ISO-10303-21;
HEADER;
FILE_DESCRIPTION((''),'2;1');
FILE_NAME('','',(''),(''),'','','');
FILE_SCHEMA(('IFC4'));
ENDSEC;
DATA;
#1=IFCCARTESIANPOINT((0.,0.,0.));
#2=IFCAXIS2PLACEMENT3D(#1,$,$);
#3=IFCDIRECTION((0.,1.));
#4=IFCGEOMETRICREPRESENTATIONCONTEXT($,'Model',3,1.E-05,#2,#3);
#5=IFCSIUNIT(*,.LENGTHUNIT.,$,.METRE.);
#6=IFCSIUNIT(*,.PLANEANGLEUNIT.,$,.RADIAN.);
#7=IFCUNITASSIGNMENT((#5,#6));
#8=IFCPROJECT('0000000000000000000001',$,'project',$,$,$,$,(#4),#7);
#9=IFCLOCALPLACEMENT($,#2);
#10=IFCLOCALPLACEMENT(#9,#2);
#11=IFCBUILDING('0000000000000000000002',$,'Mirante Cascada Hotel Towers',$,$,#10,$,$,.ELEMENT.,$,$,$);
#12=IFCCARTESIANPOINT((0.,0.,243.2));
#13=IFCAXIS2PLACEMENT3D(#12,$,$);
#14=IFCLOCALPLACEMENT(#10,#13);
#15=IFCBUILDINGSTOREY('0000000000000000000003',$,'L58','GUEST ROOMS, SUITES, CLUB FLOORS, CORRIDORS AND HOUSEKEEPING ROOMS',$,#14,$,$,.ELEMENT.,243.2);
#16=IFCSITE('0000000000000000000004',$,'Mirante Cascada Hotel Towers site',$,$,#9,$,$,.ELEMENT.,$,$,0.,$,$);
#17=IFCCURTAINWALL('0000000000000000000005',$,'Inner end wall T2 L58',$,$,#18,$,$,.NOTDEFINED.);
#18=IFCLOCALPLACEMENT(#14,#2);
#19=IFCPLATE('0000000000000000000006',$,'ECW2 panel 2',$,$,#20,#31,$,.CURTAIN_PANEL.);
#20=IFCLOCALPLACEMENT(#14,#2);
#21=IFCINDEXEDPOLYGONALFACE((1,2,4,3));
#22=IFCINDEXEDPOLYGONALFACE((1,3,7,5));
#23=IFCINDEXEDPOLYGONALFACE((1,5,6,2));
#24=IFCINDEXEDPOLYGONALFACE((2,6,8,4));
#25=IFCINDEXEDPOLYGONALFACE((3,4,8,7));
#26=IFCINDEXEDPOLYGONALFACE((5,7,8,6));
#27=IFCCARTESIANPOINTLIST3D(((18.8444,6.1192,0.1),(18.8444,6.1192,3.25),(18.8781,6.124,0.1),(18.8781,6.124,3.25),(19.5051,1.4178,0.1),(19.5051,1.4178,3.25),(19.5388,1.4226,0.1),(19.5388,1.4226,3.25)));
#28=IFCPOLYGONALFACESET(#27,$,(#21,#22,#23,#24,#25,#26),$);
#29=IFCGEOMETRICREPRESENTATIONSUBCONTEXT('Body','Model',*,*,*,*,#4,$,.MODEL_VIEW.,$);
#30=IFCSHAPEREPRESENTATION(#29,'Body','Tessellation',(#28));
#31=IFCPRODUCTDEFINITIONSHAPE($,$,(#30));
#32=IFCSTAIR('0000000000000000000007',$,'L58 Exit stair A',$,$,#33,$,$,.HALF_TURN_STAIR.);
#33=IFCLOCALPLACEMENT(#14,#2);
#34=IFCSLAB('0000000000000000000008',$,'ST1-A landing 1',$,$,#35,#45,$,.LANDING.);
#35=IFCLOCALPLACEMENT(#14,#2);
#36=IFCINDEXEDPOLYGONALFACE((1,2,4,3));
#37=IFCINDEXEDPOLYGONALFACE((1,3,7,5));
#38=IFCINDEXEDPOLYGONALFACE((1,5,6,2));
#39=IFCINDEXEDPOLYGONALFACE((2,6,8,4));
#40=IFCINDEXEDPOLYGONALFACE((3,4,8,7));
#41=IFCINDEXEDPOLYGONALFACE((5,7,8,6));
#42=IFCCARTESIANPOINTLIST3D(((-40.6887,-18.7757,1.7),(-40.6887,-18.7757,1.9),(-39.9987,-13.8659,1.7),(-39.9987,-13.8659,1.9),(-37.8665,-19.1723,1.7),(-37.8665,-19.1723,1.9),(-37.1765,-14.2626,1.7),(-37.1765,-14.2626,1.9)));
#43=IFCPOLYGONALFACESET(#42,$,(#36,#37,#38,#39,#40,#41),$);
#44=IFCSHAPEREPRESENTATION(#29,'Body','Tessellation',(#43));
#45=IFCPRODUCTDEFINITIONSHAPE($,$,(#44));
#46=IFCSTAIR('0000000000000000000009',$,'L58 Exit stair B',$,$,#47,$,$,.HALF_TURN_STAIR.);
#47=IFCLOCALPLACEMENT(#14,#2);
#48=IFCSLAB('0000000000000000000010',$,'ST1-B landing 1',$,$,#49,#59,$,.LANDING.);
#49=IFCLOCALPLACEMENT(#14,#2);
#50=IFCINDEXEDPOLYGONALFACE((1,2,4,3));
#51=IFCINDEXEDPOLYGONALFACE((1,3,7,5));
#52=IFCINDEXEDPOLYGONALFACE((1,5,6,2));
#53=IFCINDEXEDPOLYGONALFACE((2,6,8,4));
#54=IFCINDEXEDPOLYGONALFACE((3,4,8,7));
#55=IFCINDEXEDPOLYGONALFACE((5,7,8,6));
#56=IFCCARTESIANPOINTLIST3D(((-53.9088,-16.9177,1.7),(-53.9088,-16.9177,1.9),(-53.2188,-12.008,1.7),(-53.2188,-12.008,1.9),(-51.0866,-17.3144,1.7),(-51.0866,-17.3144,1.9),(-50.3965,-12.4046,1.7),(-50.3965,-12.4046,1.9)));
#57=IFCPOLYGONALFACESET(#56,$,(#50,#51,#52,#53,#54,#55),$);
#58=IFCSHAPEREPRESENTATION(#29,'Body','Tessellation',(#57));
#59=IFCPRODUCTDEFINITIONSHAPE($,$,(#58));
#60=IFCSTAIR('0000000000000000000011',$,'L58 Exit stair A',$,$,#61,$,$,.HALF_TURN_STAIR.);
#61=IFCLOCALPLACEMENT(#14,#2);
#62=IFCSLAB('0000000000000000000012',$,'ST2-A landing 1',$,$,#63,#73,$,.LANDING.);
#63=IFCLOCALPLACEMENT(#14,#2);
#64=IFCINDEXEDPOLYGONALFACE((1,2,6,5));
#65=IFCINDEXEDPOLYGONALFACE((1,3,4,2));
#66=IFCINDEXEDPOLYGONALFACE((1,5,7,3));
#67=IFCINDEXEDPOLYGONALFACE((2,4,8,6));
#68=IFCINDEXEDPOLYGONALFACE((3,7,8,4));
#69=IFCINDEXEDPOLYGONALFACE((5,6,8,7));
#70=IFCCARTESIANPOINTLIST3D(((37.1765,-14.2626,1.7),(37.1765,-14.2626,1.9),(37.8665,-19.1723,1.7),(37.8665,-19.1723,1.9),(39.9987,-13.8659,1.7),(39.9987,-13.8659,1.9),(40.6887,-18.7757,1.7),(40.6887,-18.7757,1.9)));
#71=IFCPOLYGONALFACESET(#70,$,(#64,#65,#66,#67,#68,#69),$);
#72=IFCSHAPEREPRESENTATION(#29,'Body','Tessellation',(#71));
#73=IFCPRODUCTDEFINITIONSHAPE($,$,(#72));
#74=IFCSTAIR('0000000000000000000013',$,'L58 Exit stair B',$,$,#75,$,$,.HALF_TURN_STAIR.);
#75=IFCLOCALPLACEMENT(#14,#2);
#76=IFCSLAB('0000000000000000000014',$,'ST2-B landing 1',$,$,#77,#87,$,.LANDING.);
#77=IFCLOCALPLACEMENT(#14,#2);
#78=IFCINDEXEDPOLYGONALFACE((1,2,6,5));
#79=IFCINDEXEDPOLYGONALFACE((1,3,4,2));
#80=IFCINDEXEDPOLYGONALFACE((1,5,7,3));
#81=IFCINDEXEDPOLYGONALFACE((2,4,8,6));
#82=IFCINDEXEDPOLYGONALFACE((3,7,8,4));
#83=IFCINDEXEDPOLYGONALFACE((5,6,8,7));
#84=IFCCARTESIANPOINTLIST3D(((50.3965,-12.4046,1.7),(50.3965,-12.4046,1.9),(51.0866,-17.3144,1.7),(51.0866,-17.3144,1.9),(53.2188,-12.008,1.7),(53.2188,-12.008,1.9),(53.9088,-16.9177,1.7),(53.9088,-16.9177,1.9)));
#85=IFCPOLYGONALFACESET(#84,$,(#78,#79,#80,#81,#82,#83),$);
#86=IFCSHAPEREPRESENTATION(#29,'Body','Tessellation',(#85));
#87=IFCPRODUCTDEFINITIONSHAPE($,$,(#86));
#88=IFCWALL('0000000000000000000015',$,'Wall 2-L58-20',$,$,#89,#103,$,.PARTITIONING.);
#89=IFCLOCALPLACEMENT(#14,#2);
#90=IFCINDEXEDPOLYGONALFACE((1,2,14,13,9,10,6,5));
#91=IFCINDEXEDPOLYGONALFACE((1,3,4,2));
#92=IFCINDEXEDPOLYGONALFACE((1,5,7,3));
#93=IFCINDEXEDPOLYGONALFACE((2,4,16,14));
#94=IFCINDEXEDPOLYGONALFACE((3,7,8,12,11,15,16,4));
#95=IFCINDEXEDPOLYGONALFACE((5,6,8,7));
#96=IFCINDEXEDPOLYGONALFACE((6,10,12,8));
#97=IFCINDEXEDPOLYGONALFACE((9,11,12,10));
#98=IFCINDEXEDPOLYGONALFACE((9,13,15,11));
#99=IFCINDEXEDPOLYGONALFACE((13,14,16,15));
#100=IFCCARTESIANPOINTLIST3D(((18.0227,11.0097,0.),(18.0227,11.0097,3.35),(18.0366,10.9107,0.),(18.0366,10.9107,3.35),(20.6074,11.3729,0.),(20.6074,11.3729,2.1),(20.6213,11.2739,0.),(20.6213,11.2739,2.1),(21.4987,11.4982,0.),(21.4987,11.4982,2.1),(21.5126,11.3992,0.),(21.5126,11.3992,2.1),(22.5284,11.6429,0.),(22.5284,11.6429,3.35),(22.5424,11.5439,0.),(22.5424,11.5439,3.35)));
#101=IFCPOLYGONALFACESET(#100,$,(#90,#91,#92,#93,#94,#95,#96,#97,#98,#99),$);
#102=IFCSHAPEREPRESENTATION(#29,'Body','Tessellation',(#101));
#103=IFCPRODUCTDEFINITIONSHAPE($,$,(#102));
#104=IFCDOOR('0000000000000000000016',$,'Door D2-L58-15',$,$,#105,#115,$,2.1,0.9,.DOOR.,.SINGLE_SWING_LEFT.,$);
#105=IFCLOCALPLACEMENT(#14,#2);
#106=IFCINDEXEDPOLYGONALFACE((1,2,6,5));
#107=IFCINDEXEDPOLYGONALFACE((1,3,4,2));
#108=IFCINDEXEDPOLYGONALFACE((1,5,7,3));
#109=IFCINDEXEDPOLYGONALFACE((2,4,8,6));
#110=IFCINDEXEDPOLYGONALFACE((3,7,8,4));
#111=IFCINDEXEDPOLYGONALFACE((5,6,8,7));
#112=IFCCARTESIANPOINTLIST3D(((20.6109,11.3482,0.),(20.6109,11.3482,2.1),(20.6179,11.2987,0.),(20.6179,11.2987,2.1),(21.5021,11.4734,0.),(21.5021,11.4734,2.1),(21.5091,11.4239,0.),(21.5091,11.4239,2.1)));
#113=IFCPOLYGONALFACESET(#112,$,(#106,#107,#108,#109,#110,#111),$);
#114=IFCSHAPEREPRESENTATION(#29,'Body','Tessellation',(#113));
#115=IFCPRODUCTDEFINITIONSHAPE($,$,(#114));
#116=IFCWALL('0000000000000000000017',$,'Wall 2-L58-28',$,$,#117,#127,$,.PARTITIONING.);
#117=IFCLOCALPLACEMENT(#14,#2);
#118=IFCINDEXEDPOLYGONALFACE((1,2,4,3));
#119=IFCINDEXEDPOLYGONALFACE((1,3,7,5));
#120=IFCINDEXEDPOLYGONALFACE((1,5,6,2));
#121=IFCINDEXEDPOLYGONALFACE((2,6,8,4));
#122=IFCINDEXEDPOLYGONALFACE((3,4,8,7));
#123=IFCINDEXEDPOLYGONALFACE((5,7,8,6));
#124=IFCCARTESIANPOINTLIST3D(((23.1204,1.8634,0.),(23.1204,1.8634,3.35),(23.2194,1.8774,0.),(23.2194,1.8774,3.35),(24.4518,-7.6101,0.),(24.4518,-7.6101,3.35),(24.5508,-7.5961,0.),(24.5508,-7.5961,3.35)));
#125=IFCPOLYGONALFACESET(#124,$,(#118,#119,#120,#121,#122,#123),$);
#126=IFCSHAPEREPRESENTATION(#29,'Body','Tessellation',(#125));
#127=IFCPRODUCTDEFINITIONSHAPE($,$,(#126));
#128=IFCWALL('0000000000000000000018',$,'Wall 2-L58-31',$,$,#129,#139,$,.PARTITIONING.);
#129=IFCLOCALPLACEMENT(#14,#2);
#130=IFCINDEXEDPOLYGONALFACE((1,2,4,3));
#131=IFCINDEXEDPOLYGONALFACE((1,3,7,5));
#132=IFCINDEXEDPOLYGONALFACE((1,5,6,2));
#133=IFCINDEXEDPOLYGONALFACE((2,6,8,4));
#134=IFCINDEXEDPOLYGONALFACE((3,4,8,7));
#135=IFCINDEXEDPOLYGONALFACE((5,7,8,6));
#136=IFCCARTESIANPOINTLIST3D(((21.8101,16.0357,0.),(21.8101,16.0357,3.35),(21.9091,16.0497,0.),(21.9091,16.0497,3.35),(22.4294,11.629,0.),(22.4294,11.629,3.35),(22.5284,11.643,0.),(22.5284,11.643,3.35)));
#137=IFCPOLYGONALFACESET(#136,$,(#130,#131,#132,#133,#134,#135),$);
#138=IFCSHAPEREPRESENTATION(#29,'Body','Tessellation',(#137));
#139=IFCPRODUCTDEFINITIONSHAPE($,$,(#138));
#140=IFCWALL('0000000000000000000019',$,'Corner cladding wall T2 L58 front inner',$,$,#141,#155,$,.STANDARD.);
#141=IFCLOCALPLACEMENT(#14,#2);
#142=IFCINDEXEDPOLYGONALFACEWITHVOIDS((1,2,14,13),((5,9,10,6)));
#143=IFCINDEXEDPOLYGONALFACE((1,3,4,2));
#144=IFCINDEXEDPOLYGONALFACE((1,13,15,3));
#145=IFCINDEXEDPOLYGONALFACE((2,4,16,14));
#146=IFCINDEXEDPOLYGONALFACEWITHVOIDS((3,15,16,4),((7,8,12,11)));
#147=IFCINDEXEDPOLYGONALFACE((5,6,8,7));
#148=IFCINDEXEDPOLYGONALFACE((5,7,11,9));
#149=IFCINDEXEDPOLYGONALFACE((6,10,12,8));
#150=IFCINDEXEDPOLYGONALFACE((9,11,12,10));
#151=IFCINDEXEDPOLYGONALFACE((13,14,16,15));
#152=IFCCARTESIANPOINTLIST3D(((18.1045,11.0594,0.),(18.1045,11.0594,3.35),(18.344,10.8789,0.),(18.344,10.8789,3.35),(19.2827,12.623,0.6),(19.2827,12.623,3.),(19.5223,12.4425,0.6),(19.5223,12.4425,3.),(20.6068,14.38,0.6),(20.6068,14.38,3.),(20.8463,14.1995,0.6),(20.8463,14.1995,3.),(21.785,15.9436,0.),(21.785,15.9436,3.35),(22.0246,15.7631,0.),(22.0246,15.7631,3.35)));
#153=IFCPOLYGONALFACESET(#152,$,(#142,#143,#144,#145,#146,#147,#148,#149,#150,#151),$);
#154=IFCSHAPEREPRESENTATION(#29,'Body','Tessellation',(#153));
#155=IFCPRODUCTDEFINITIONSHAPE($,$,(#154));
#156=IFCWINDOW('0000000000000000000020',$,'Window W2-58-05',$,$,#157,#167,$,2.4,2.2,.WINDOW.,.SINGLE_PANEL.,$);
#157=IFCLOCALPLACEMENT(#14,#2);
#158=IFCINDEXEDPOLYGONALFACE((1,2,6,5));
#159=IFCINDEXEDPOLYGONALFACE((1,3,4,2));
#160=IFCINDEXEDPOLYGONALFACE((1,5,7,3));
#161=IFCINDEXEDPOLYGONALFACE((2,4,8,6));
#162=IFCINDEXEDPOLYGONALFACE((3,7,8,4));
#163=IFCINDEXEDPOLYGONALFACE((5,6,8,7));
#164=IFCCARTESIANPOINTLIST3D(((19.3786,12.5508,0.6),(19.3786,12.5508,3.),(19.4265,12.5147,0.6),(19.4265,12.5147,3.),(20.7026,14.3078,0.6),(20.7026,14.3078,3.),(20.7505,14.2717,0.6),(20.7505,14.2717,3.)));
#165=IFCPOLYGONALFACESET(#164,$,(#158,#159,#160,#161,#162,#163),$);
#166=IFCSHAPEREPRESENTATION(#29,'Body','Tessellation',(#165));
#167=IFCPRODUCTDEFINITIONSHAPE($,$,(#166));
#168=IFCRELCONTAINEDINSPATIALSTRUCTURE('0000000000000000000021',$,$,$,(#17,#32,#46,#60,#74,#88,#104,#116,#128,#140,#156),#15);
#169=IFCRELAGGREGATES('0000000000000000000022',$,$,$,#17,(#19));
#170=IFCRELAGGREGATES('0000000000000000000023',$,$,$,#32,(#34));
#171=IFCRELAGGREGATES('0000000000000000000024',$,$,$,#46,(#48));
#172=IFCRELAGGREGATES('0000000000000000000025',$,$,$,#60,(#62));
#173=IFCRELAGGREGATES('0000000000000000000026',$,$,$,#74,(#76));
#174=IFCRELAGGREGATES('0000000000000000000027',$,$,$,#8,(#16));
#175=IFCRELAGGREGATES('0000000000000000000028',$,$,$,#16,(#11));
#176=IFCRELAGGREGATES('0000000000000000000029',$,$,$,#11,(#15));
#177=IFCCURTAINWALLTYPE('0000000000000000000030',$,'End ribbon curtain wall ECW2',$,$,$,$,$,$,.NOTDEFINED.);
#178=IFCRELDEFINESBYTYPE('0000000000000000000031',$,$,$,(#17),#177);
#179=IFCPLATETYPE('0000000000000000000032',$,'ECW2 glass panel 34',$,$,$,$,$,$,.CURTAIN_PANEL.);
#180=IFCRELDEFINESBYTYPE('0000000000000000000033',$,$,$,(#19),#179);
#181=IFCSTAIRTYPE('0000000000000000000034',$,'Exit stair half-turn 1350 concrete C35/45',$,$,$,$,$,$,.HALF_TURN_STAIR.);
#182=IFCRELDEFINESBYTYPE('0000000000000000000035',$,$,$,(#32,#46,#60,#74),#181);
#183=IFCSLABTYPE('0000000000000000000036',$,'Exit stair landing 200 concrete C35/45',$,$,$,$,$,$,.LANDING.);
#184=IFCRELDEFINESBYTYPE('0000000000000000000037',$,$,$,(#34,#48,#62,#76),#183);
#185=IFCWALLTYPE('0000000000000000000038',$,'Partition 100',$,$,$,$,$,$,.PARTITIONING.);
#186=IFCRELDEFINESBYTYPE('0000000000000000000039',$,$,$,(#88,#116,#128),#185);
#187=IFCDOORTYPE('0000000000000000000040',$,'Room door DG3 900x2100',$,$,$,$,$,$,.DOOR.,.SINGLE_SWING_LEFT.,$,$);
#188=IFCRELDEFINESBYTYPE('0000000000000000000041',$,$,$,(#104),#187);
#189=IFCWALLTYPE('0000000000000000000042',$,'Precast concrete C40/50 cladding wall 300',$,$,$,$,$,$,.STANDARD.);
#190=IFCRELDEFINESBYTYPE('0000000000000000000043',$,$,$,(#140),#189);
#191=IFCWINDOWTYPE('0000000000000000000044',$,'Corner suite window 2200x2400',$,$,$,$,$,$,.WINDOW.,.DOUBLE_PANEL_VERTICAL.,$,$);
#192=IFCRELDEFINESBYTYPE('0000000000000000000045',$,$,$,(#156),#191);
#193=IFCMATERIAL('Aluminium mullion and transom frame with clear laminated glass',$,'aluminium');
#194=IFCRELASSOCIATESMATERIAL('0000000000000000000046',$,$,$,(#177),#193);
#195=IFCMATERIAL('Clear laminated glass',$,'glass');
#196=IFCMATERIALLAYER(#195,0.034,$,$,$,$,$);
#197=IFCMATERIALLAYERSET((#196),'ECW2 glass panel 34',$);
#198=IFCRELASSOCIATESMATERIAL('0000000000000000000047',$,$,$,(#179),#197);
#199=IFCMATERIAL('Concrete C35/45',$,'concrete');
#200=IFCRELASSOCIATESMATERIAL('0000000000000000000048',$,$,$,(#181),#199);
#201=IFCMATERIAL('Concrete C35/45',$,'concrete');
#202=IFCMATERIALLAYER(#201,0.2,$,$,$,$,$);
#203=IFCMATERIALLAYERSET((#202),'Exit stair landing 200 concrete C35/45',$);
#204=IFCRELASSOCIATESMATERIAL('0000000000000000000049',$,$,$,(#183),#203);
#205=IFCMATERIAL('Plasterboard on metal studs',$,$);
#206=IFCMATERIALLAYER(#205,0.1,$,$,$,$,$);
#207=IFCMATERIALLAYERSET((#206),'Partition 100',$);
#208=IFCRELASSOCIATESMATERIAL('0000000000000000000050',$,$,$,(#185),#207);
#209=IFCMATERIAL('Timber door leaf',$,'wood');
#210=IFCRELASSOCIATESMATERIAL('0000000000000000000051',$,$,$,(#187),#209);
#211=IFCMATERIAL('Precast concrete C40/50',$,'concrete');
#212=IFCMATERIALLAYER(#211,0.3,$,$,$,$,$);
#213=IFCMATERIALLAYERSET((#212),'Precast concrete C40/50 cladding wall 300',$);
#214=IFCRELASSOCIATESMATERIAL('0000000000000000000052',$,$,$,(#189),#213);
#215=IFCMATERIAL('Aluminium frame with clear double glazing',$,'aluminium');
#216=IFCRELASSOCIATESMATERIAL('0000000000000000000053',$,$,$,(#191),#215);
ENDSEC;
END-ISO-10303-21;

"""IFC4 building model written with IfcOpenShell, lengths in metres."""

from ifc_helpers import new_model, si_unit, direction, frame, frame_2d, origin, origin_2d, place, context, subcontext, project, spatial, polyline, rectangle, outline, extrude, material, layer, layer_set, type_object, element, fill, aggregate, save


model = new_model("IFC4")

# Units and contexts
model_context = context("Model", 3, precision=1e-05, world=origin(), true_north=direction((0.0, 1.0)))
body_context = subcontext(model_context, "Body", "Model", "MODEL_VIEW")
ifc_project = project(units=[si_unit("LENGTHUNIT", "METRE"), si_unit("PLANEANGLEUNIT", "RADIAN")], contexts=[model_context])

# Site, building, storey
site_placement = place(None, origin())
site = spatial("IfcSite", under=ifc_project, at=site_placement, Name="Mirante Cascada Hotel Towers site", CompositionType="ELEMENT", RefElevation=0.0)
building_placement = place(site_placement, origin())
building = spatial("IfcBuilding", under=site, at=building_placement, Name="Mirante Cascada Hotel Towers", CompositionType="ELEMENT")
storey_placement = place(building_placement, frame((0.0, 0.0, 243.2)))
storey = spatial("IfcBuildingStorey", under=building, at=storey_placement, Name="L58", Description="GUEST ROOMS, SUITES, CLUB FLOORS, CORRIDORS AND HOUSEKEEPING ROOMS", CompositionType="ELEMENT", Elevation=243.2)

# Curtain wall
ifc_material_1 = material(Name="Aluminium mullion and transom frame with clear laminated glass", Category="aluminium")
curtain_wall_type_1 = type_object("IfcCurtainWallType", Name="End ribbon curtain wall ECW2", PredefinedType="NOTDEFINED", material=ifc_material_1)
curtain_wall_1_placement = place(storey_placement, origin())
curtain_wall_1 = element("IfcCurtainWall", 1, at=curtain_wall_1_placement, inside=storey, type_object=curtain_wall_type_1, Name="Inner end wall T2 L58", PredefinedType="NOTDEFINED")

# Plate
ifc_material_2 = material(Name="Clear laminated glass", Category="glass")
ifc_layer_1 = layer(ifc_material_2, 0.034)
ifc_layer_set_1 = layer_set([ifc_layer_1], Name="ECW2 glass panel 34")
plate_type_1 = type_object("IfcPlateType", Name="ECW2 glass panel 34", PredefinedType="CURTAIN_PANEL", material=ifc_layer_set_1)
plate_1_placement = place(storey_placement, frame((19.1916, 3.7709, 0.1), z_axis=(0.0, 0.0, 1.0), x_axis=(0.139173, -0.990268, 0.0)))
plate_1 = element("IfcPlate", 2, at=plate_1_placement, type_object=plate_type_1, Name="ECW2 panel 2", PredefinedType="CURTAIN_PANEL", context=body_context, shape_type="SweptSolid", body=[
    extrude(rectangle(XDim=4.7476, YDim=0.034, at=origin_2d()), origin(), (0.0, 0.0, 1.0), 3.15),
])
aggregate(curtain_wall_1, [plate_1])

# Stairs, slabs
ifc_material_3 = material(Name="Concrete C35/45", Category="concrete")
stair_type = type_object("IfcStairType", Name="Exit stair half-turn 1350 concrete C35/45", PredefinedType="HALF_TURN_STAIR", material=ifc_material_3)
stair_1_placement = place(storey_placement, origin())
stair_1 = element("IfcStair", 3, at=stair_1_placement, inside=storey, type_object=stair_type, Name="L58 Exit stair A", PredefinedType="HALF_TURN_STAIR")
ifc_material_4 = material(Name="Concrete C35/45", Category="concrete")
ifc_layer_2 = layer(ifc_material_4, 0.2)
ifc_layer_set_2 = layer_set([ifc_layer_2], Name="Exit stair landing 200 concrete C35/45")
slab_type = type_object("IfcSlabType", Name="Exit stair landing 200 concrete C35/45", PredefinedType="LANDING", material=ifc_layer_set_2)
slab_1_placement = place(storey_placement, frame((0.0, 0.0, 1.7)))
slab_1 = element("IfcSlab", 4, at=slab_1_placement, type_object=slab_type, Name="ST1-A landing 1", PredefinedType="LANDING", context=body_context, shape_type="SweptSolid", body=[
    extrude(outline(polyline([(-39.9987, -13.8659), (-40.6887, -18.7757), (-37.8665, -19.1723), (-37.1765, -14.2626), (-39.9987, -13.8659)])), origin(), (0.0, 0.0, 1.0), 0.2),
])
aggregate(stair_1, [slab_1])
stair_2_placement = place(storey_placement, origin())
stair_2 = element("IfcStair", 5, at=stair_2_placement, inside=storey, type_object=stair_type, Name="L58 Exit stair B", PredefinedType="HALF_TURN_STAIR")
slab_2_placement = place(storey_placement, frame((0.0, 0.0, 1.7)))
slab_2 = element("IfcSlab", 6, at=slab_2_placement, type_object=slab_type, Name="ST1-B landing 1", PredefinedType="LANDING", context=body_context, shape_type="SweptSolid", body=[
    extrude(outline(polyline([(-53.2188, -12.008), (-53.9088, -16.9177), (-51.0866, -17.3144), (-50.3965, -12.4046), (-53.2188, -12.008)])), origin(), (0.0, 0.0, 1.0), 0.2),
])
aggregate(stair_2, [slab_2])
stair_3_placement = place(storey_placement, origin())
stair_3 = element("IfcStair", 7, at=stair_3_placement, inside=storey, type_object=stair_type, Name="L58 Exit stair A", PredefinedType="HALF_TURN_STAIR")
slab_3_placement = place(storey_placement, frame((0.0, 0.0, 1.7)))
slab_3 = element("IfcSlab", 8, at=slab_3_placement, type_object=slab_type, Name="ST2-A landing 1", PredefinedType="LANDING", context=body_context, shape_type="SweptSolid", body=[
    extrude(outline(polyline([(37.1765, -14.2626), (37.8665, -19.1723), (40.6887, -18.7757), (39.9987, -13.8659), (37.1765, -14.2626)])), origin(), (0.0, 0.0, 1.0), 0.2),
])
aggregate(stair_3, [slab_3])
stair_4_placement = place(storey_placement, origin())
stair_4 = element("IfcStair", 9, at=stair_4_placement, inside=storey, type_object=stair_type, Name="L58 Exit stair B", PredefinedType="HALF_TURN_STAIR")
slab_4_placement = place(storey_placement, frame((0.0, 0.0, 1.7)))
slab_4 = element("IfcSlab", 10, at=slab_4_placement, type_object=slab_type, Name="ST2-B landing 1", PredefinedType="LANDING", context=body_context, shape_type="SweptSolid", body=[
    extrude(outline(polyline([(50.3965, -12.4046), (51.0866, -17.3144), (53.9088, -16.9177), (53.2188, -12.008), (50.3965, -12.4046)])), origin(), (0.0, 0.0, 1.0), 0.2),
])
aggregate(stair_4, [slab_4])

# Wall, opening, door
ifc_material_5 = material(Name="Plasterboard on metal studs")
ifc_layer_3 = layer(ifc_material_5, 0.1)
ifc_layer_set_3 = layer_set([ifc_layer_3], Name="Partition 100")
wall_type_1 = type_object("IfcWallType", Name="Partition 100", PredefinedType="PARTITIONING", material=ifc_layer_set_3)
wall_1_placement = place(storey_placement, frame((22.5354, 11.5934, 0.0), z_axis=(0.0, 0.0, 1.0), x_axis=(-0.990269, -0.139166, 0.0)))
wall_1 = element("IfcWall", 11, at=wall_1_placement, inside=storey, type_object=wall_type_1, Name="Wall 2-L58-20", PredefinedType="PARTITIONING", context=body_context, shape_type="SweptSolid", body=[
    extrude(rectangle(XDim=4.55, YDim=0.1, at=frame_2d((2.275, 0.0))), origin(), (0.0, 0.0, 1.0), 3.35),
])
opening_1_placement = place(wall_1_placement, frame((1.0399, 0.0, 0.0)))
opening_1 = element("IfcOpeningElement", 12, at=opening_1_placement, cuts=wall_1, PredefinedType="OPENING", context=body_context, shape_type="SweptSolid", body=[
    extrude(rectangle(XDim=0.9, YDim=2.1, at=frame_2d((0.45, 1.05))), frame((0.0, 0.05, 0.0), z_axis=(0.0, -1.0, 0.0), x_axis=(1.0, 0.0, 0.0)), (0.0, 0.0, 1.0), 0.1),
])
ifc_material_6 = material(Name="Timber door leaf", Category="wood")
door_type = type_object("IfcDoorType", Name="Room door DG3 900x2100", OperationType="SINGLE_SWING_LEFT", PredefinedType="DOOR", material=ifc_material_6)
door_placement = place(opening_1_placement, origin())
door = element("IfcDoor", 13, at=door_placement, inside=storey, type_object=door_type, Name="Door D2-L58-15", OperationType="SINGLE_SWING_LEFT", OverallHeight=2.1, OverallWidth=0.9, PredefinedType="DOOR", context=body_context, shape_type="SweptSolid", body=[
    extrude(rectangle(XDim=0.9, YDim=2.1, at=frame_2d((0.45, 1.05))), frame((0.0, 0.025, 0.0), z_axis=(0.0, -1.0, 0.0), x_axis=(1.0, 0.0, 0.0)), (0.0, 0.0, 1.0), 0.05),
])
fill(opening_1, door)

# Walls
wall_2_placement = place(storey_placement, frame((23.1699, 1.8704, 0.0), z_axis=(0.0, 0.0, 1.0), x_axis=(0.139172, -0.990268, 0.0)))
element("IfcWall", 14, at=wall_2_placement, inside=storey, type_object=wall_type_1, Name="Wall 2-L58-28", PredefinedType="PARTITIONING", context=body_context, shape_type="SweptSolid", body=[
    extrude(rectangle(XDim=9.5666, YDim=0.1, at=frame_2d((4.7833, 0.0))), origin(), (0.0, 0.0, 1.0), 3.35),
])
wall_3_placement = place(storey_placement, frame((22.4789, 11.636, 0.0), z_axis=(0.0, 0.0, 1.0), x_axis=(-0.139168, 0.990269, 0.0)))
element("IfcWall", 15, at=wall_3_placement, inside=storey, type_object=wall_type_1, Name="Wall 2-L58-31", PredefinedType="PARTITIONING", context=body_context, shape_type="SweptSolid", body=[
    extrude(rectangle(XDim=4.45, YDim=0.1, at=frame_2d((2.225, 0.0))), origin(), (0.0, 0.0, 1.0), 3.35),
])

# Wall, opening, window
ifc_material_7 = material(Name="Precast concrete C40/50", Category="concrete")
ifc_layer_4 = layer(ifc_material_7, 0.3)
ifc_layer_set_4 = layer_set([ifc_layer_4], Name="Precast concrete C40/50 cladding wall 300")
wall_type_2 = type_object("IfcWallType", Name="Precast concrete C40/50 cladding wall 300", PredefinedType="STANDARD", material=ifc_layer_set_4)
wall_4_placement = place(storey_placement, frame((21.9048, 15.8533, 0.0), z_axis=(0.0, 0.0, 1.0), x_axis=(-0.601824, -0.798628, 0.0)))
wall_4 = element("IfcWall", 16, at=wall_4_placement, inside=storey, type_object=wall_type_2, Name="Corner cladding wall T2 L58 front inner", PredefinedType="STANDARD", context=body_context, shape_type="SweptSolid", body=[
    extrude(rectangle(XDim=6.1157, YDim=0.3, at=frame_2d((3.0578, 0.0))), origin(), (0.0, 0.0, 1.0), 3.35),
])
opening_2_placement = place(wall_4_placement, frame((1.9578, 0.0, 0.6)))
opening_2 = element("IfcOpeningElement", 17, at=opening_2_placement, cuts=wall_4, PredefinedType="OPENING", context=body_context, shape_type="SweptSolid", body=[
    extrude(rectangle(XDim=2.2, YDim=2.4, at=frame_2d((1.1, 1.2))), frame((0.0, 0.15, 0.0), z_axis=(0.0, -1.0, 0.0), x_axis=(1.0, 0.0, 0.0)), (0.0, 0.0, 1.0), 0.3),
])
ifc_material_8 = material(Name="Aluminium frame with clear double glazing", Category="aluminium")
window_type = type_object("IfcWindowType", Name="Corner suite window 2200x2400", PartitioningType="DOUBLE_PANEL_VERTICAL", PredefinedType="WINDOW", material=ifc_material_8)
window_placement = place(opening_2_placement, origin())
window = element("IfcWindow", 18, at=window_placement, inside=storey, type_object=window_type, Name="Window W2-58-05", OverallHeight=2.4, OverallWidth=2.2, PartitioningType="SINGLE_PANEL", PredefinedType="WINDOW", context=body_context, shape_type="SweptSolid", body=[
    extrude(rectangle(XDim=2.2, YDim=2.4, at=frame_2d((1.1, 1.2))), frame((0.0, 0.03, 0.0), z_axis=(0.0, -1.0, 0.0), x_axis=(1.0, 0.0, 0.0)), (0.0, 0.0, 1.0), 0.06),
])
fill(opening_2, window)

save(model, "model.ifc")
